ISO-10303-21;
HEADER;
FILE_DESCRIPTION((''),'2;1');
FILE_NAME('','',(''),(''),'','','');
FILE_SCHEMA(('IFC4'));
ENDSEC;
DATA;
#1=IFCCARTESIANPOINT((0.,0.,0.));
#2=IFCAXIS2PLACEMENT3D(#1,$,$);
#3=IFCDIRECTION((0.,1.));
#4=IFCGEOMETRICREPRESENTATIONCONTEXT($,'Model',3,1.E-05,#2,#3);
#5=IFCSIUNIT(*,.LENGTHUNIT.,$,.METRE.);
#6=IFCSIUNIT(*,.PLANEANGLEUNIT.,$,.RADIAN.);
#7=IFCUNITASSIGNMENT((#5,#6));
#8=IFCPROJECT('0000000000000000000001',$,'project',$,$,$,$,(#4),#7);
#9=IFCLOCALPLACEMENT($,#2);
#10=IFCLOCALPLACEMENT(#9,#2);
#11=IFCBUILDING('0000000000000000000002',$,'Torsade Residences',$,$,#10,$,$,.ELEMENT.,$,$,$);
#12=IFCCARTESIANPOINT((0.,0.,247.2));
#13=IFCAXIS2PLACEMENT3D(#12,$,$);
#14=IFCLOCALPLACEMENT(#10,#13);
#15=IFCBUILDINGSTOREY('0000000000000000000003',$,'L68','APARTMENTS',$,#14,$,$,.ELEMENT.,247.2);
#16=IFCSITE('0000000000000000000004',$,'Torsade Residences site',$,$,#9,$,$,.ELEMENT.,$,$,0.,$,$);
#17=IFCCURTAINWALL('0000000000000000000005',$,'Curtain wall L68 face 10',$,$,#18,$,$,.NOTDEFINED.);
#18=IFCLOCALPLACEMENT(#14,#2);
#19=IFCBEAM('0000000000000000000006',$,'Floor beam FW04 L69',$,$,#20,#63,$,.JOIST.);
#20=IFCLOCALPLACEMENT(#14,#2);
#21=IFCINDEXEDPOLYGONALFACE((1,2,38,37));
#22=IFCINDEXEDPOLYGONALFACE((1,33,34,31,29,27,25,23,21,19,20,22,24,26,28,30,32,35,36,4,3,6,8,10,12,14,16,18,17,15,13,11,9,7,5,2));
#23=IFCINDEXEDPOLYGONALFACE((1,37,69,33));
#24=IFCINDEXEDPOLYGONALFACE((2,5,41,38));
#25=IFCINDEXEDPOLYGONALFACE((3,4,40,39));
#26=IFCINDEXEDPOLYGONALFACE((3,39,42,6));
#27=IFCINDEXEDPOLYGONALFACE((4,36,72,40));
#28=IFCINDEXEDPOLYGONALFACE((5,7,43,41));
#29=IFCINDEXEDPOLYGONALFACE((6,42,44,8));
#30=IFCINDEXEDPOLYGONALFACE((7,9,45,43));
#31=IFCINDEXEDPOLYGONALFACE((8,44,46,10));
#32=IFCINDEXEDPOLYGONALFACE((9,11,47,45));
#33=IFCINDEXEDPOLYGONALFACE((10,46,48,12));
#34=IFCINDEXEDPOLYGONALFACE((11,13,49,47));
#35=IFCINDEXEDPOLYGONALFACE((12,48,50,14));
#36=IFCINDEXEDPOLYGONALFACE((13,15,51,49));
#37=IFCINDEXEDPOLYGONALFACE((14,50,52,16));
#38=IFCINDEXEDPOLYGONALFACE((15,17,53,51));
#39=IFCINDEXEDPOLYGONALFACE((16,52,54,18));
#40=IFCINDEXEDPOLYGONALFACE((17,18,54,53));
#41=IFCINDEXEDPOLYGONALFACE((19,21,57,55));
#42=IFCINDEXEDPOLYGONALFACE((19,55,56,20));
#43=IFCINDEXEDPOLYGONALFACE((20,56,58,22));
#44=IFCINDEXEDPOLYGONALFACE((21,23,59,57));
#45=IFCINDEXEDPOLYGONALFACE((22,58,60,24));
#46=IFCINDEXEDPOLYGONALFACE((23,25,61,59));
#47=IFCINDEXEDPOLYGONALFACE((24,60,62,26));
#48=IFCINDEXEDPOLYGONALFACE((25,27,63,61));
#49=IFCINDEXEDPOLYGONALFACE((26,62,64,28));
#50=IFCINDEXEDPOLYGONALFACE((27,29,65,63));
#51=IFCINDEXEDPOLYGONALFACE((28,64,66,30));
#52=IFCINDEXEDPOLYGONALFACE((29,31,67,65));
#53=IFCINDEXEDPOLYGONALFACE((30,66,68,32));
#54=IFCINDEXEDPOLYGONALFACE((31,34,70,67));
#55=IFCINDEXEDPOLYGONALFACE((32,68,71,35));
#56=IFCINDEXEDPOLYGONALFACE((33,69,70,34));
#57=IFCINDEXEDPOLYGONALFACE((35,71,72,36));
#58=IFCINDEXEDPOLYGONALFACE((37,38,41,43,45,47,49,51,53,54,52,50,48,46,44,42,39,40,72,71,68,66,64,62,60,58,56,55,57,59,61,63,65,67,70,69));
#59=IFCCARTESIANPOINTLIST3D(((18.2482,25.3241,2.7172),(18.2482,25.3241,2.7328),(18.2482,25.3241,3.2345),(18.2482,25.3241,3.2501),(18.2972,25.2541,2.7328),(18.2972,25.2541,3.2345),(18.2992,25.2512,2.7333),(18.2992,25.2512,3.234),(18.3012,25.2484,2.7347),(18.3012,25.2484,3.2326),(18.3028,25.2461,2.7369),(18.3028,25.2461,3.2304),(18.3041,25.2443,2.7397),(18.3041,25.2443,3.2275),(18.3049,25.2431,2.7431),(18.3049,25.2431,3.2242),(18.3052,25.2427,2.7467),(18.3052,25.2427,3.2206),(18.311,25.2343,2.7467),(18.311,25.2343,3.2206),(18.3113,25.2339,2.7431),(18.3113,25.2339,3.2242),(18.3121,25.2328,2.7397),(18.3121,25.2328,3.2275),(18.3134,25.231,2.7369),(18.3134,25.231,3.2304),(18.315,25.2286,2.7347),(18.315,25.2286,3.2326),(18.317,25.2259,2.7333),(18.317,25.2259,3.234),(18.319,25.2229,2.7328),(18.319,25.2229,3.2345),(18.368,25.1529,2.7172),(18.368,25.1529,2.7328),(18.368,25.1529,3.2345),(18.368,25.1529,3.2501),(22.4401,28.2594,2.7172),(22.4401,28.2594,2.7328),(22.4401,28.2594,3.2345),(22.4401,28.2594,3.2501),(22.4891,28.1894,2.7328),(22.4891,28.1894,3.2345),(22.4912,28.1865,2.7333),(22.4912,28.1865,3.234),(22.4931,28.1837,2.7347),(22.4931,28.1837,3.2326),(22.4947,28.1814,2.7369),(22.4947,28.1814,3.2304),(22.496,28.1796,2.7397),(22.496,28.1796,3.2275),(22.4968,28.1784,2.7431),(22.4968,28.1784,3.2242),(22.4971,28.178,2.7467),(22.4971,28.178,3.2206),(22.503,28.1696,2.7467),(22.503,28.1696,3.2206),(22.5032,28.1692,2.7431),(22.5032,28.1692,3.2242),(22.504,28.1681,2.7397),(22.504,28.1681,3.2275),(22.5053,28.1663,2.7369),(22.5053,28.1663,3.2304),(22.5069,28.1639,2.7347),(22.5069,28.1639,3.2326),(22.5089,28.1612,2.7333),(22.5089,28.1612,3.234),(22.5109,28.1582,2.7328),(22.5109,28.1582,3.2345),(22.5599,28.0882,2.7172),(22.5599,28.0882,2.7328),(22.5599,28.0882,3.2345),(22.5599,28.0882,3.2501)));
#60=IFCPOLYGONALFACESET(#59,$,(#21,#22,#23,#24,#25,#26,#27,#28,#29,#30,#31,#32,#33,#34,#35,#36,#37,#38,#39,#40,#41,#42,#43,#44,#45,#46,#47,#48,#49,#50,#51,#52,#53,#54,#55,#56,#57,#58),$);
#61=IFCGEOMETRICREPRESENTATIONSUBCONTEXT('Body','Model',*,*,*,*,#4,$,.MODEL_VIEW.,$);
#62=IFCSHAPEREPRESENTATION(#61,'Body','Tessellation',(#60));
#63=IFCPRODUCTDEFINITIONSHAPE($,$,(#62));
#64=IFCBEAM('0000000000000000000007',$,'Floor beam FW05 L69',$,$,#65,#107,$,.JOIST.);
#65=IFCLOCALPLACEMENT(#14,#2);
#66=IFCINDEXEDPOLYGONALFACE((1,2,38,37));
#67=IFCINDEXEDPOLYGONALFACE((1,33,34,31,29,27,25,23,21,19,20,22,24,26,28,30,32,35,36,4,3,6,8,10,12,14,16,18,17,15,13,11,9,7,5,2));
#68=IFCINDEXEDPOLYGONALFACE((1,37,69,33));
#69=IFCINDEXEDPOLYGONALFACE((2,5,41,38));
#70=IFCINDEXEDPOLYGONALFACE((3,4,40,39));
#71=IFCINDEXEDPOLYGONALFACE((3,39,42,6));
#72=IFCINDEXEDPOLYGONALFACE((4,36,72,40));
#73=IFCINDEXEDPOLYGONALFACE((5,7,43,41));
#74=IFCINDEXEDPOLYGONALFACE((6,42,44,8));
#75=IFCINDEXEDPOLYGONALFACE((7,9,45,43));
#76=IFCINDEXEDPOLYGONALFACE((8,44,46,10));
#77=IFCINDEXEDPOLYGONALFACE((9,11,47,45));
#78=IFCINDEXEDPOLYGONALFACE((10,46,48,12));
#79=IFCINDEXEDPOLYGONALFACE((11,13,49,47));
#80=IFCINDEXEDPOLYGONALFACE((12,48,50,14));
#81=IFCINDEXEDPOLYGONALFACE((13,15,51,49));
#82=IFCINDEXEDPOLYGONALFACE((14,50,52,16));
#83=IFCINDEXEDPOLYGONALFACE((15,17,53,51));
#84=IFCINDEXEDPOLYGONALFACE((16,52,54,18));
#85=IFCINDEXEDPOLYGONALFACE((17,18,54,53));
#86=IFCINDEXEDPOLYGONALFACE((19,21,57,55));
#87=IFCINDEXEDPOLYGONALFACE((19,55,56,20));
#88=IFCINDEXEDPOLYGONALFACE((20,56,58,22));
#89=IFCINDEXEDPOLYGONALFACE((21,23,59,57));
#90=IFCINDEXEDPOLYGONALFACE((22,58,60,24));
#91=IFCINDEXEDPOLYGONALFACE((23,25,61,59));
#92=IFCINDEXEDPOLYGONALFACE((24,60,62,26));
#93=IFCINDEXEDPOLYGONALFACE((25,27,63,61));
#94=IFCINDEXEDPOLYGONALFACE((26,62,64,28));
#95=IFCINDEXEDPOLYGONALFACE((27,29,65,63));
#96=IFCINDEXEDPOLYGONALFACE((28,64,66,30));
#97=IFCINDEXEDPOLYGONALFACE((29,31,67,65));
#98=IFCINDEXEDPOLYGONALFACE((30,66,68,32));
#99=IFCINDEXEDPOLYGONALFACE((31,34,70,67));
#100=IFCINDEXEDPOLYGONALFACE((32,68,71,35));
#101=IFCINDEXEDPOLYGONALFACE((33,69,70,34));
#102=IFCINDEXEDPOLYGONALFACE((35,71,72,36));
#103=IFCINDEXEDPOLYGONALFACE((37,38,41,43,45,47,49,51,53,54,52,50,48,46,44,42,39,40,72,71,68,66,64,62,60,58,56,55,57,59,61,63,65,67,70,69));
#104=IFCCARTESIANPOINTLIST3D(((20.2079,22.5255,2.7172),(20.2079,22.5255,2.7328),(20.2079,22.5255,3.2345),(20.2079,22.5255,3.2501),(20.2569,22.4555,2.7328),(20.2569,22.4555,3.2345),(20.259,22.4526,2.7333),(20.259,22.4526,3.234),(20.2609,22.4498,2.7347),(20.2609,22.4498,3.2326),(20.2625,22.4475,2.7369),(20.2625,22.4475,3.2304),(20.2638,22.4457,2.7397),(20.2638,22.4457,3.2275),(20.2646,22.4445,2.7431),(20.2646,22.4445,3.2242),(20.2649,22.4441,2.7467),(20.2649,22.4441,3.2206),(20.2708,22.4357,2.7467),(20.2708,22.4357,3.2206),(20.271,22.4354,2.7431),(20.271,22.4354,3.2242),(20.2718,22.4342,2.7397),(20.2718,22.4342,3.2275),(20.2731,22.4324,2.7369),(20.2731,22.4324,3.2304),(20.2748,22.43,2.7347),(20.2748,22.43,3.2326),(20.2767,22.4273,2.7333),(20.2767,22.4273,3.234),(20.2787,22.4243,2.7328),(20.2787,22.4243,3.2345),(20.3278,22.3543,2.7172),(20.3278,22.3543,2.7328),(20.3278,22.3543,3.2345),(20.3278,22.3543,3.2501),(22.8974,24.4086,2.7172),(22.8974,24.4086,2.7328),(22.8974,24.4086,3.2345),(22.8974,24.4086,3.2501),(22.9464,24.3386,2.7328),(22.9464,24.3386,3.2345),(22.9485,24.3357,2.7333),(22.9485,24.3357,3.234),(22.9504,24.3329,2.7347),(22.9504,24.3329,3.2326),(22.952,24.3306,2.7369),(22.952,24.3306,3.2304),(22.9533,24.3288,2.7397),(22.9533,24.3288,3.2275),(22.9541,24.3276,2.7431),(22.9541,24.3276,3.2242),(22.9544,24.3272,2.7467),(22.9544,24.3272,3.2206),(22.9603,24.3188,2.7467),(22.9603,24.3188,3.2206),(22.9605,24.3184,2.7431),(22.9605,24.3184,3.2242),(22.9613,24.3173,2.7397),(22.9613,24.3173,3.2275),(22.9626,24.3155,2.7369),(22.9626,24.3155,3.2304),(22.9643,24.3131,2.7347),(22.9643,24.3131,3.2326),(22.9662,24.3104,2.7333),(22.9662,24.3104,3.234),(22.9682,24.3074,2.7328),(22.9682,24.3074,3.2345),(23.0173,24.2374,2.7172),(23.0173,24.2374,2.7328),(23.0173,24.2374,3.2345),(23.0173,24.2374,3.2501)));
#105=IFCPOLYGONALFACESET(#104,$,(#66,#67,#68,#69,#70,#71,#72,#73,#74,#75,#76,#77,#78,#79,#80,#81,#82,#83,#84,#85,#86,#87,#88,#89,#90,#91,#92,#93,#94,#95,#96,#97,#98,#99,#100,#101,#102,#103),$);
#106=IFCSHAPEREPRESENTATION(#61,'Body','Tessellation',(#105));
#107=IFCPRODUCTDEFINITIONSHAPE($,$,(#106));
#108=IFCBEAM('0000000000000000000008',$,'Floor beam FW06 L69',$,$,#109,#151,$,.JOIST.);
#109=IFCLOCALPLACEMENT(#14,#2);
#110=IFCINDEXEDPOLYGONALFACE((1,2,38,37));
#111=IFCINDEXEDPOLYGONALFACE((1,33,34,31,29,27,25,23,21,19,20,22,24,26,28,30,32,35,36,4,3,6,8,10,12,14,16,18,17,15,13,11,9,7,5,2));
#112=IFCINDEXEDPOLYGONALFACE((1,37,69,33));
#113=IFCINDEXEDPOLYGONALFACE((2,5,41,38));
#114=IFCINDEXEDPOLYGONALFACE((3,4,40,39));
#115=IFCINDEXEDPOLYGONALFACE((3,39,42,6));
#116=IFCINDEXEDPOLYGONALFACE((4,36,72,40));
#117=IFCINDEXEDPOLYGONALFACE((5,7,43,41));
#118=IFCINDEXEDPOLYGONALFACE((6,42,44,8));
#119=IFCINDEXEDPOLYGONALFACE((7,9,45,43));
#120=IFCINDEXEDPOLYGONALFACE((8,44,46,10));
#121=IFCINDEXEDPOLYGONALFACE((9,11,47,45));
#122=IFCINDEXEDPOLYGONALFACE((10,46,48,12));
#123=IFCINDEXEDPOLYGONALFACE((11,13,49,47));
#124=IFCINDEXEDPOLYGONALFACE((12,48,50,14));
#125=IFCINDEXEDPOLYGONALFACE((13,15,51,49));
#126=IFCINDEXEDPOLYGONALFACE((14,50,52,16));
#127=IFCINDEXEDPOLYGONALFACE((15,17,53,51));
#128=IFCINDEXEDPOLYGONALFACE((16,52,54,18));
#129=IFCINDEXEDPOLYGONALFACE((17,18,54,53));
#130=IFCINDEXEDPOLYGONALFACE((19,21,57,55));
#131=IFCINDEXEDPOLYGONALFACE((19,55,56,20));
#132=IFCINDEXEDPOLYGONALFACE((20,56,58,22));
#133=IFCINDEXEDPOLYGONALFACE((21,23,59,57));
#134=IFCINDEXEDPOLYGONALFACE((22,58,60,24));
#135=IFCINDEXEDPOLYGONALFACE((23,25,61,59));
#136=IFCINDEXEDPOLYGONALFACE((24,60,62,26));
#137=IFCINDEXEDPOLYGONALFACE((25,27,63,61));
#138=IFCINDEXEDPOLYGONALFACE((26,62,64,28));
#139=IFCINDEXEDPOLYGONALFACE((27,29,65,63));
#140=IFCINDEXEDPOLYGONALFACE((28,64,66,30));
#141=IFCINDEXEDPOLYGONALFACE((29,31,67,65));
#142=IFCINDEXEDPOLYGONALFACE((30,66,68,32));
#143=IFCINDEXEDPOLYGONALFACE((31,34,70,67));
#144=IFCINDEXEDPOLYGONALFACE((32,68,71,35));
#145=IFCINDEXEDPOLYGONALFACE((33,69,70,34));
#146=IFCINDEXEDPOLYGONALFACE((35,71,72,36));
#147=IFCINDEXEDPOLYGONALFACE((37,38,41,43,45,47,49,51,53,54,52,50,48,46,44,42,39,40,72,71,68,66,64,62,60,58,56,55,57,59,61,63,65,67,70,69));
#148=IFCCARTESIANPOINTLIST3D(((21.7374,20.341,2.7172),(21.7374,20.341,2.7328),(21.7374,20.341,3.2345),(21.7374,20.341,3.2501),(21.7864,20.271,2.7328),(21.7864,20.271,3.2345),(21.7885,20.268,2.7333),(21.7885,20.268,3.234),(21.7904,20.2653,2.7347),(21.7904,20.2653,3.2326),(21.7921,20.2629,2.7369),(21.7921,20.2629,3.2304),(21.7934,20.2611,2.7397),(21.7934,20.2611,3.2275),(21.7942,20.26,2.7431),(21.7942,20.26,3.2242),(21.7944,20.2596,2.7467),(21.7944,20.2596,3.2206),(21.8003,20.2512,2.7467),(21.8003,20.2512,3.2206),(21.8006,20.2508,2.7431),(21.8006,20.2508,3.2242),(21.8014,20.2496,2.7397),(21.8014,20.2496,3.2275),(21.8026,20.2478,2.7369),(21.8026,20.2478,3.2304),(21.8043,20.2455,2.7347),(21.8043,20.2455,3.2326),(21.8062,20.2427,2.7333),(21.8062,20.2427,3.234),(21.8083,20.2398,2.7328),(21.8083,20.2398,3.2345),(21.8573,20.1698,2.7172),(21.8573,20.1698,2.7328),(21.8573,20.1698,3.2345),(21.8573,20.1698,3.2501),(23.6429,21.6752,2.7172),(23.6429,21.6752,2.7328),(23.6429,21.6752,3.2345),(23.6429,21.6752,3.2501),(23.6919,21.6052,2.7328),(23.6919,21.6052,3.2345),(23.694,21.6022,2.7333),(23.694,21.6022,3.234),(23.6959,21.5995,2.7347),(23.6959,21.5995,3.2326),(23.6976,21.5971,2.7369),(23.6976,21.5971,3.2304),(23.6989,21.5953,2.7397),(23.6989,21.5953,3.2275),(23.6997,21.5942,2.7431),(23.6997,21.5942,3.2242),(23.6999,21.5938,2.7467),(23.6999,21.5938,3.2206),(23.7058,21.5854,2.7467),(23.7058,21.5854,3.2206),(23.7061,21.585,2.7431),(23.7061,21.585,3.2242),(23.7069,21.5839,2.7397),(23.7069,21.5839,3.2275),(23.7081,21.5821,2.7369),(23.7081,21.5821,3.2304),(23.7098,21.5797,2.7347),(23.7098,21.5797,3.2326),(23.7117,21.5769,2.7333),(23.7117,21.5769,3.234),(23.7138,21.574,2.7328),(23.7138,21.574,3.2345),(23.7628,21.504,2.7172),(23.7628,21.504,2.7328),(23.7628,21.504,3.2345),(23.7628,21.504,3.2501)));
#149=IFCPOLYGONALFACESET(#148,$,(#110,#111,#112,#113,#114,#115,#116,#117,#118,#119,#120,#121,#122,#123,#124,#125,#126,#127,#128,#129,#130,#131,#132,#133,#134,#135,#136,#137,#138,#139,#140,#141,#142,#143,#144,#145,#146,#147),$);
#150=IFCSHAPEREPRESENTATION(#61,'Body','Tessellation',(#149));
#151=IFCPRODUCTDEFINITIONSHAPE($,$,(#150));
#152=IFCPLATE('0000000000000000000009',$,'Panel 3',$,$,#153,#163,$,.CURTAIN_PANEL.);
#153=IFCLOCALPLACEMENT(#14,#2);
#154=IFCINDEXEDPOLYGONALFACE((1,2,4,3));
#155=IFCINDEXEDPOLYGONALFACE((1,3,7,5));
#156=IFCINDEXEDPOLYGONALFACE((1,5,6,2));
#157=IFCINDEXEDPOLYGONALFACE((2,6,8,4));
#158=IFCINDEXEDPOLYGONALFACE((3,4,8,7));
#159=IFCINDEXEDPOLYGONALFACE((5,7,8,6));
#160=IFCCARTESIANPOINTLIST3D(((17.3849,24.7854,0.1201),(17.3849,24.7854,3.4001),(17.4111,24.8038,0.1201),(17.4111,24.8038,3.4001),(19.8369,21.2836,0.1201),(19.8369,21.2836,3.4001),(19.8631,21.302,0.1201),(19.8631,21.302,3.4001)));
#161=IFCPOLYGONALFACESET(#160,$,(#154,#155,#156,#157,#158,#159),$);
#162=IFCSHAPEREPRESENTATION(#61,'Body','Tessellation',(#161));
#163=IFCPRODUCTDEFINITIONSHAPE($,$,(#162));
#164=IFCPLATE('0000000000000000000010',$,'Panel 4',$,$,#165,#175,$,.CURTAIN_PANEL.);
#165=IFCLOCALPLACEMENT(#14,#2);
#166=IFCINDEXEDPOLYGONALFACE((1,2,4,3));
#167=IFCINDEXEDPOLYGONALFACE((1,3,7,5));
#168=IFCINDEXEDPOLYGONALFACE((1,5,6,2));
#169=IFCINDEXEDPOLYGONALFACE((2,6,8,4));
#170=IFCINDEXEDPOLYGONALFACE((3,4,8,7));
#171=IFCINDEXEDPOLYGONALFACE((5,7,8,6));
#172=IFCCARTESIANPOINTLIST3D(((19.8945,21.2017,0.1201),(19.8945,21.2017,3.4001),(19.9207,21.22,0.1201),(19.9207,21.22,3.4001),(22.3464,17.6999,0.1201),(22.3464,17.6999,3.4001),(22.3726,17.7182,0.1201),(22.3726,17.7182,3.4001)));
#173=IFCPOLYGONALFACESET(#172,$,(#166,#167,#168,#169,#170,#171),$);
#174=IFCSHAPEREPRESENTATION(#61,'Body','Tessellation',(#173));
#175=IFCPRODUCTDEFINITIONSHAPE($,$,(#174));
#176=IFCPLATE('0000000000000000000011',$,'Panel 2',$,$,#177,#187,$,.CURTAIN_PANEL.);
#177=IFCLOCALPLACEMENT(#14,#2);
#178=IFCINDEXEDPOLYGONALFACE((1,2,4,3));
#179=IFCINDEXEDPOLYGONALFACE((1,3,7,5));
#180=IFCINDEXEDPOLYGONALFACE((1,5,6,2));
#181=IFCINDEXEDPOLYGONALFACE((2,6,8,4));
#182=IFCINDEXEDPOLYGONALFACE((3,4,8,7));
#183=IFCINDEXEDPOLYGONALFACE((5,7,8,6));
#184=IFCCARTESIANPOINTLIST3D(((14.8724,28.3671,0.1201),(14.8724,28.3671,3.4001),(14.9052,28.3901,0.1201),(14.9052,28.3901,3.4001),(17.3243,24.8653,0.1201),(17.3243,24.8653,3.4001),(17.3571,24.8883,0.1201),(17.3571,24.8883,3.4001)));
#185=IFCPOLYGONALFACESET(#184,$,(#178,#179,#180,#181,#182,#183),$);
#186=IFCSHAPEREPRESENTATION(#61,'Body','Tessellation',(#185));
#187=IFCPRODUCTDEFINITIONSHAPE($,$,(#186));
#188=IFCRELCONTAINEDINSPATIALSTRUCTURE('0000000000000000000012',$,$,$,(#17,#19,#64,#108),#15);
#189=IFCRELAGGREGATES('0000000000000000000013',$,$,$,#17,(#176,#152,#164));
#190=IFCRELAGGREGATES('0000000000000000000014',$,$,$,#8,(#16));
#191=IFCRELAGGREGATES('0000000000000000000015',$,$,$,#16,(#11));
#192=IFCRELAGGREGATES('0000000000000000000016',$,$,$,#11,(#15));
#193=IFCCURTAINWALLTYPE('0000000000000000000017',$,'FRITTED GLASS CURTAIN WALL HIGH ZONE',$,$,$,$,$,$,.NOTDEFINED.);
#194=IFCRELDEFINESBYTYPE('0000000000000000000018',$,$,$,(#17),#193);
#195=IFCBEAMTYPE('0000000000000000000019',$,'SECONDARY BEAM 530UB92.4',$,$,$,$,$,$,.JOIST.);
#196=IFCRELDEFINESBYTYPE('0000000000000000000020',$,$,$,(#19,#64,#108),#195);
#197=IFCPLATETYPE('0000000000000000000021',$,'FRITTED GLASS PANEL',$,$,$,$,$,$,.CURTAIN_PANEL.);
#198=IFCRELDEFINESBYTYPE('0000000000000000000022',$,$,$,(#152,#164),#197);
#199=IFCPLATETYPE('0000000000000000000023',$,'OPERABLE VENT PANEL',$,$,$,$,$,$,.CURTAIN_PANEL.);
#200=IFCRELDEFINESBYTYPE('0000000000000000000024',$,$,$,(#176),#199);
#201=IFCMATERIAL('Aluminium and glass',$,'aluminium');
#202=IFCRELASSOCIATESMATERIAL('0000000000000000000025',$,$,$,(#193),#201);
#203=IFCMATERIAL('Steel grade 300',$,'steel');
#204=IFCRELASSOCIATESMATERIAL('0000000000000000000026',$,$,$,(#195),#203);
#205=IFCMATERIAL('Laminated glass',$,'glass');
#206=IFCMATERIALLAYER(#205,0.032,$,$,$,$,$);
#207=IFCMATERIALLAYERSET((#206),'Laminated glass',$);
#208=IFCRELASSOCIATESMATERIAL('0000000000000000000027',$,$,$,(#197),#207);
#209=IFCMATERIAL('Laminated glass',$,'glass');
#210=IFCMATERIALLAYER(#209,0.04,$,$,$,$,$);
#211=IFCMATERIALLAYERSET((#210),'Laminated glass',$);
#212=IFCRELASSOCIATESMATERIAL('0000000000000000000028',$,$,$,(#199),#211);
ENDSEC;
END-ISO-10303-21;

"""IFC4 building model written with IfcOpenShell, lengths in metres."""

from ifc_helpers import new_model, si_unit, direction, frame, origin, origin_2d, place, context, subcontext, project, spatial, rectangle, i_section, extrude, material, layer, layer_set, material_profile, profile_set, type_object, element, aggregate, save


model = new_model("IFC4")

# Units and contexts
model_context = context("Model", 3, precision=1e-05, world=origin(), true_north=direction((0.0, 1.0)))
body_context = subcontext(model_context, "Body", "Model", "MODEL_VIEW")
ifc_project = project(units=[si_unit("LENGTHUNIT", "METRE"), si_unit("PLANEANGLEUNIT", "RADIAN")], contexts=[model_context])

# Site, building, storey
site_placement = place(None, origin())
site = spatial("IfcSite", under=ifc_project, at=site_placement, Name="Torsade Residences site", CompositionType="ELEMENT", RefElevation=0.0)
building_placement = place(site_placement, origin())
building = spatial("IfcBuilding", under=site, at=building_placement, Name="Torsade Residences", CompositionType="ELEMENT")
storey_placement = place(building_placement, frame((0.0, 0.0, 247.2)))
storey = spatial("IfcBuildingStorey", under=building, at=storey_placement, Name="L68", Description="APARTMENTS", CompositionType="ELEMENT", Elevation=247.2)

# Curtain wall
ifc_material_1 = material(Name="Aluminium and glass", Category="aluminium")
curtain_wall_type = type_object("IfcCurtainWallType", Name="FRITTED GLASS CURTAIN WALL HIGH ZONE", PredefinedType="NOTDEFINED", material=ifc_material_1)
curtain_wall_placement = place(storey_placement, origin())
curtain_wall = element("IfcCurtainWall", 1, at=curtain_wall_placement, inside=storey, type_object=curtain_wall_type, Name="Curtain wall L68 face 10", PredefinedType="NOTDEFINED")

# Beams
ifc_material_2 = material(Name="Steel grade 300", Category="steel")
ifc_material_profile_1 = material_profile(ifc_material_2, i_section(OverallWidth=0.209, OverallDepth=0.533, WebThickness=0.0103, FlangeThickness=0.0156, FilletRadius=0.0139, at=origin_2d()), Name="530UB92.4")
ifc_profile_set_1 = profile_set([ifc_material_profile_1], Name="Steel grade 300")
beam_type_1 = type_object("IfcBeamType", Name="SECONDARY BEAM 530UB92.4", PredefinedType="JOIST", material=ifc_profile_set_1)
beam_1_placement = place(storey_placement, frame((18.3081, 25.2385, 2.9836), z_axis=(0.819142, 0.57359, 0.0), x_axis=(-0.57359, 0.819142, 0.0)))
element("IfcBeam", 2, at=beam_1_placement, inside=storey, type_object=beam_type_1, Name="Floor beam FW04 L69", PredefinedType="JOIST", context=body_context, shape_type="SweptSolid", body=[
    extrude(i_section(OverallWidth=0.209, OverallDepth=0.533, WebThickness=0.0103, FlangeThickness=0.0156, FilletRadius=0.0139, at=origin_2d()), origin(), (0.0, 0.0, 1.0), 5.1174),
])
beam_2_placement = place(storey_placement, frame((20.2678, 22.4399, 2.9836), z_axis=(0.819169, 0.573552, 0.0), x_axis=(-0.573552, 0.819169, 0.0)))
element("IfcBeam", 3, at=beam_2_placement, inside=storey, type_object=beam_type_1, Name="Floor beam FW05 L69", PredefinedType="JOIST", context=body_context, shape_type="SweptSolid", body=[
    extrude(i_section(OverallWidth=0.209, OverallDepth=0.533, WebThickness=0.0103, FlangeThickness=0.0156, FilletRadius=0.0139, at=origin_2d()), origin(), (0.0, 0.0, 1.0), 3.2832),
])
beam_3_placement = place(storey_placement, frame((21.7974, 20.2554, 2.9836), z_axis=(0.819158, 0.573568, 0.0), x_axis=(-0.573568, 0.819158, 0.0)))
element("IfcBeam", 4, at=beam_3_placement, inside=storey, type_object=beam_type_1, Name="Floor beam FW06 L69", PredefinedType="JOIST", context=body_context, shape_type="SweptSolid", body=[
    extrude(i_section(OverallWidth=0.209, OverallDepth=0.533, WebThickness=0.0103, FlangeThickness=0.0156, FilletRadius=0.0139, at=origin_2d()), origin(), (0.0, 0.0, 1.0), 2.3262),
])

# Plates
ifc_material_3 = material(Name="Laminated glass", Category="glass")
ifc_layer_1 = layer(ifc_material_3, 0.032)
ifc_layer_set_1 = layer_set([ifc_layer_1], Name="Laminated glass")
plate_type_1 = type_object("IfcPlateType", Name="FRITTED GLASS PANEL", PredefinedType="CURTAIN_PANEL", material=ifc_layer_set_1)
plate_1_placement = place(storey_placement, frame((18.624, 23.0437, 0.1201), z_axis=(0.0, 0.0, 1.0), x_axis=(0.573576, -0.819152, 0.0)))
plate_1 = element("IfcPlate", 5, at=plate_1_placement, type_object=plate_type_1, Name="Panel 3", PredefinedType="CURTAIN_PANEL", context=body_context, shape_type="SweptSolid", body=[
    extrude(rectangle(XDim=4.2749, YDim=0.032, at=origin_2d()), origin(), (0.0, 0.0, 1.0), 3.28),
])
plate_2_placement = place(storey_placement, frame((21.1335, 19.46, 0.1201), z_axis=(0.0, 0.0, 1.0), x_axis=(0.573576, -0.819152, 0.0)))
plate_2 = element("IfcPlate", 6, at=plate_2_placement, type_object=plate_type_1, Name="Panel 4", PredefinedType="CURTAIN_PANEL", context=body_context, shape_type="SweptSolid", body=[
    extrude(rectangle(XDim=4.2749, YDim=0.032, at=origin_2d()), origin(), (0.0, 0.0, 1.0), 3.28),
])
ifc_material_4 = material(Name="Laminated glass", Category="glass")
ifc_layer_2 = layer(ifc_material_4, 0.04)
ifc_layer_set_2 = layer_set([ifc_layer_2], Name="Laminated glass")
plate_type_2 = type_object("IfcPlateType", Name="OPERABLE VENT PANEL", PredefinedType="CURTAIN_PANEL", material=ifc_layer_set_2)
plate_3_placement = place(storey_placement, frame((16.1147, 26.6277, 0.1201), z_axis=(0.0, 0.0, 1.0), x_axis=(0.573576, -0.819152, 0.0)))
plate_3 = element("IfcPlate", 7, at=plate_3_placement, type_object=plate_type_2, Name="Panel 2", PredefinedType="CURTAIN_PANEL", context=body_context, shape_type="SweptSolid", body=[
    extrude(rectangle(XDim=4.2749, YDim=0.04, at=origin_2d()), origin(), (0.0, 0.0, 1.0), 3.28),
])
aggregate(curtain_wall, [plate_3, plate_1, plate_2])

save(model, "model.ifc")
